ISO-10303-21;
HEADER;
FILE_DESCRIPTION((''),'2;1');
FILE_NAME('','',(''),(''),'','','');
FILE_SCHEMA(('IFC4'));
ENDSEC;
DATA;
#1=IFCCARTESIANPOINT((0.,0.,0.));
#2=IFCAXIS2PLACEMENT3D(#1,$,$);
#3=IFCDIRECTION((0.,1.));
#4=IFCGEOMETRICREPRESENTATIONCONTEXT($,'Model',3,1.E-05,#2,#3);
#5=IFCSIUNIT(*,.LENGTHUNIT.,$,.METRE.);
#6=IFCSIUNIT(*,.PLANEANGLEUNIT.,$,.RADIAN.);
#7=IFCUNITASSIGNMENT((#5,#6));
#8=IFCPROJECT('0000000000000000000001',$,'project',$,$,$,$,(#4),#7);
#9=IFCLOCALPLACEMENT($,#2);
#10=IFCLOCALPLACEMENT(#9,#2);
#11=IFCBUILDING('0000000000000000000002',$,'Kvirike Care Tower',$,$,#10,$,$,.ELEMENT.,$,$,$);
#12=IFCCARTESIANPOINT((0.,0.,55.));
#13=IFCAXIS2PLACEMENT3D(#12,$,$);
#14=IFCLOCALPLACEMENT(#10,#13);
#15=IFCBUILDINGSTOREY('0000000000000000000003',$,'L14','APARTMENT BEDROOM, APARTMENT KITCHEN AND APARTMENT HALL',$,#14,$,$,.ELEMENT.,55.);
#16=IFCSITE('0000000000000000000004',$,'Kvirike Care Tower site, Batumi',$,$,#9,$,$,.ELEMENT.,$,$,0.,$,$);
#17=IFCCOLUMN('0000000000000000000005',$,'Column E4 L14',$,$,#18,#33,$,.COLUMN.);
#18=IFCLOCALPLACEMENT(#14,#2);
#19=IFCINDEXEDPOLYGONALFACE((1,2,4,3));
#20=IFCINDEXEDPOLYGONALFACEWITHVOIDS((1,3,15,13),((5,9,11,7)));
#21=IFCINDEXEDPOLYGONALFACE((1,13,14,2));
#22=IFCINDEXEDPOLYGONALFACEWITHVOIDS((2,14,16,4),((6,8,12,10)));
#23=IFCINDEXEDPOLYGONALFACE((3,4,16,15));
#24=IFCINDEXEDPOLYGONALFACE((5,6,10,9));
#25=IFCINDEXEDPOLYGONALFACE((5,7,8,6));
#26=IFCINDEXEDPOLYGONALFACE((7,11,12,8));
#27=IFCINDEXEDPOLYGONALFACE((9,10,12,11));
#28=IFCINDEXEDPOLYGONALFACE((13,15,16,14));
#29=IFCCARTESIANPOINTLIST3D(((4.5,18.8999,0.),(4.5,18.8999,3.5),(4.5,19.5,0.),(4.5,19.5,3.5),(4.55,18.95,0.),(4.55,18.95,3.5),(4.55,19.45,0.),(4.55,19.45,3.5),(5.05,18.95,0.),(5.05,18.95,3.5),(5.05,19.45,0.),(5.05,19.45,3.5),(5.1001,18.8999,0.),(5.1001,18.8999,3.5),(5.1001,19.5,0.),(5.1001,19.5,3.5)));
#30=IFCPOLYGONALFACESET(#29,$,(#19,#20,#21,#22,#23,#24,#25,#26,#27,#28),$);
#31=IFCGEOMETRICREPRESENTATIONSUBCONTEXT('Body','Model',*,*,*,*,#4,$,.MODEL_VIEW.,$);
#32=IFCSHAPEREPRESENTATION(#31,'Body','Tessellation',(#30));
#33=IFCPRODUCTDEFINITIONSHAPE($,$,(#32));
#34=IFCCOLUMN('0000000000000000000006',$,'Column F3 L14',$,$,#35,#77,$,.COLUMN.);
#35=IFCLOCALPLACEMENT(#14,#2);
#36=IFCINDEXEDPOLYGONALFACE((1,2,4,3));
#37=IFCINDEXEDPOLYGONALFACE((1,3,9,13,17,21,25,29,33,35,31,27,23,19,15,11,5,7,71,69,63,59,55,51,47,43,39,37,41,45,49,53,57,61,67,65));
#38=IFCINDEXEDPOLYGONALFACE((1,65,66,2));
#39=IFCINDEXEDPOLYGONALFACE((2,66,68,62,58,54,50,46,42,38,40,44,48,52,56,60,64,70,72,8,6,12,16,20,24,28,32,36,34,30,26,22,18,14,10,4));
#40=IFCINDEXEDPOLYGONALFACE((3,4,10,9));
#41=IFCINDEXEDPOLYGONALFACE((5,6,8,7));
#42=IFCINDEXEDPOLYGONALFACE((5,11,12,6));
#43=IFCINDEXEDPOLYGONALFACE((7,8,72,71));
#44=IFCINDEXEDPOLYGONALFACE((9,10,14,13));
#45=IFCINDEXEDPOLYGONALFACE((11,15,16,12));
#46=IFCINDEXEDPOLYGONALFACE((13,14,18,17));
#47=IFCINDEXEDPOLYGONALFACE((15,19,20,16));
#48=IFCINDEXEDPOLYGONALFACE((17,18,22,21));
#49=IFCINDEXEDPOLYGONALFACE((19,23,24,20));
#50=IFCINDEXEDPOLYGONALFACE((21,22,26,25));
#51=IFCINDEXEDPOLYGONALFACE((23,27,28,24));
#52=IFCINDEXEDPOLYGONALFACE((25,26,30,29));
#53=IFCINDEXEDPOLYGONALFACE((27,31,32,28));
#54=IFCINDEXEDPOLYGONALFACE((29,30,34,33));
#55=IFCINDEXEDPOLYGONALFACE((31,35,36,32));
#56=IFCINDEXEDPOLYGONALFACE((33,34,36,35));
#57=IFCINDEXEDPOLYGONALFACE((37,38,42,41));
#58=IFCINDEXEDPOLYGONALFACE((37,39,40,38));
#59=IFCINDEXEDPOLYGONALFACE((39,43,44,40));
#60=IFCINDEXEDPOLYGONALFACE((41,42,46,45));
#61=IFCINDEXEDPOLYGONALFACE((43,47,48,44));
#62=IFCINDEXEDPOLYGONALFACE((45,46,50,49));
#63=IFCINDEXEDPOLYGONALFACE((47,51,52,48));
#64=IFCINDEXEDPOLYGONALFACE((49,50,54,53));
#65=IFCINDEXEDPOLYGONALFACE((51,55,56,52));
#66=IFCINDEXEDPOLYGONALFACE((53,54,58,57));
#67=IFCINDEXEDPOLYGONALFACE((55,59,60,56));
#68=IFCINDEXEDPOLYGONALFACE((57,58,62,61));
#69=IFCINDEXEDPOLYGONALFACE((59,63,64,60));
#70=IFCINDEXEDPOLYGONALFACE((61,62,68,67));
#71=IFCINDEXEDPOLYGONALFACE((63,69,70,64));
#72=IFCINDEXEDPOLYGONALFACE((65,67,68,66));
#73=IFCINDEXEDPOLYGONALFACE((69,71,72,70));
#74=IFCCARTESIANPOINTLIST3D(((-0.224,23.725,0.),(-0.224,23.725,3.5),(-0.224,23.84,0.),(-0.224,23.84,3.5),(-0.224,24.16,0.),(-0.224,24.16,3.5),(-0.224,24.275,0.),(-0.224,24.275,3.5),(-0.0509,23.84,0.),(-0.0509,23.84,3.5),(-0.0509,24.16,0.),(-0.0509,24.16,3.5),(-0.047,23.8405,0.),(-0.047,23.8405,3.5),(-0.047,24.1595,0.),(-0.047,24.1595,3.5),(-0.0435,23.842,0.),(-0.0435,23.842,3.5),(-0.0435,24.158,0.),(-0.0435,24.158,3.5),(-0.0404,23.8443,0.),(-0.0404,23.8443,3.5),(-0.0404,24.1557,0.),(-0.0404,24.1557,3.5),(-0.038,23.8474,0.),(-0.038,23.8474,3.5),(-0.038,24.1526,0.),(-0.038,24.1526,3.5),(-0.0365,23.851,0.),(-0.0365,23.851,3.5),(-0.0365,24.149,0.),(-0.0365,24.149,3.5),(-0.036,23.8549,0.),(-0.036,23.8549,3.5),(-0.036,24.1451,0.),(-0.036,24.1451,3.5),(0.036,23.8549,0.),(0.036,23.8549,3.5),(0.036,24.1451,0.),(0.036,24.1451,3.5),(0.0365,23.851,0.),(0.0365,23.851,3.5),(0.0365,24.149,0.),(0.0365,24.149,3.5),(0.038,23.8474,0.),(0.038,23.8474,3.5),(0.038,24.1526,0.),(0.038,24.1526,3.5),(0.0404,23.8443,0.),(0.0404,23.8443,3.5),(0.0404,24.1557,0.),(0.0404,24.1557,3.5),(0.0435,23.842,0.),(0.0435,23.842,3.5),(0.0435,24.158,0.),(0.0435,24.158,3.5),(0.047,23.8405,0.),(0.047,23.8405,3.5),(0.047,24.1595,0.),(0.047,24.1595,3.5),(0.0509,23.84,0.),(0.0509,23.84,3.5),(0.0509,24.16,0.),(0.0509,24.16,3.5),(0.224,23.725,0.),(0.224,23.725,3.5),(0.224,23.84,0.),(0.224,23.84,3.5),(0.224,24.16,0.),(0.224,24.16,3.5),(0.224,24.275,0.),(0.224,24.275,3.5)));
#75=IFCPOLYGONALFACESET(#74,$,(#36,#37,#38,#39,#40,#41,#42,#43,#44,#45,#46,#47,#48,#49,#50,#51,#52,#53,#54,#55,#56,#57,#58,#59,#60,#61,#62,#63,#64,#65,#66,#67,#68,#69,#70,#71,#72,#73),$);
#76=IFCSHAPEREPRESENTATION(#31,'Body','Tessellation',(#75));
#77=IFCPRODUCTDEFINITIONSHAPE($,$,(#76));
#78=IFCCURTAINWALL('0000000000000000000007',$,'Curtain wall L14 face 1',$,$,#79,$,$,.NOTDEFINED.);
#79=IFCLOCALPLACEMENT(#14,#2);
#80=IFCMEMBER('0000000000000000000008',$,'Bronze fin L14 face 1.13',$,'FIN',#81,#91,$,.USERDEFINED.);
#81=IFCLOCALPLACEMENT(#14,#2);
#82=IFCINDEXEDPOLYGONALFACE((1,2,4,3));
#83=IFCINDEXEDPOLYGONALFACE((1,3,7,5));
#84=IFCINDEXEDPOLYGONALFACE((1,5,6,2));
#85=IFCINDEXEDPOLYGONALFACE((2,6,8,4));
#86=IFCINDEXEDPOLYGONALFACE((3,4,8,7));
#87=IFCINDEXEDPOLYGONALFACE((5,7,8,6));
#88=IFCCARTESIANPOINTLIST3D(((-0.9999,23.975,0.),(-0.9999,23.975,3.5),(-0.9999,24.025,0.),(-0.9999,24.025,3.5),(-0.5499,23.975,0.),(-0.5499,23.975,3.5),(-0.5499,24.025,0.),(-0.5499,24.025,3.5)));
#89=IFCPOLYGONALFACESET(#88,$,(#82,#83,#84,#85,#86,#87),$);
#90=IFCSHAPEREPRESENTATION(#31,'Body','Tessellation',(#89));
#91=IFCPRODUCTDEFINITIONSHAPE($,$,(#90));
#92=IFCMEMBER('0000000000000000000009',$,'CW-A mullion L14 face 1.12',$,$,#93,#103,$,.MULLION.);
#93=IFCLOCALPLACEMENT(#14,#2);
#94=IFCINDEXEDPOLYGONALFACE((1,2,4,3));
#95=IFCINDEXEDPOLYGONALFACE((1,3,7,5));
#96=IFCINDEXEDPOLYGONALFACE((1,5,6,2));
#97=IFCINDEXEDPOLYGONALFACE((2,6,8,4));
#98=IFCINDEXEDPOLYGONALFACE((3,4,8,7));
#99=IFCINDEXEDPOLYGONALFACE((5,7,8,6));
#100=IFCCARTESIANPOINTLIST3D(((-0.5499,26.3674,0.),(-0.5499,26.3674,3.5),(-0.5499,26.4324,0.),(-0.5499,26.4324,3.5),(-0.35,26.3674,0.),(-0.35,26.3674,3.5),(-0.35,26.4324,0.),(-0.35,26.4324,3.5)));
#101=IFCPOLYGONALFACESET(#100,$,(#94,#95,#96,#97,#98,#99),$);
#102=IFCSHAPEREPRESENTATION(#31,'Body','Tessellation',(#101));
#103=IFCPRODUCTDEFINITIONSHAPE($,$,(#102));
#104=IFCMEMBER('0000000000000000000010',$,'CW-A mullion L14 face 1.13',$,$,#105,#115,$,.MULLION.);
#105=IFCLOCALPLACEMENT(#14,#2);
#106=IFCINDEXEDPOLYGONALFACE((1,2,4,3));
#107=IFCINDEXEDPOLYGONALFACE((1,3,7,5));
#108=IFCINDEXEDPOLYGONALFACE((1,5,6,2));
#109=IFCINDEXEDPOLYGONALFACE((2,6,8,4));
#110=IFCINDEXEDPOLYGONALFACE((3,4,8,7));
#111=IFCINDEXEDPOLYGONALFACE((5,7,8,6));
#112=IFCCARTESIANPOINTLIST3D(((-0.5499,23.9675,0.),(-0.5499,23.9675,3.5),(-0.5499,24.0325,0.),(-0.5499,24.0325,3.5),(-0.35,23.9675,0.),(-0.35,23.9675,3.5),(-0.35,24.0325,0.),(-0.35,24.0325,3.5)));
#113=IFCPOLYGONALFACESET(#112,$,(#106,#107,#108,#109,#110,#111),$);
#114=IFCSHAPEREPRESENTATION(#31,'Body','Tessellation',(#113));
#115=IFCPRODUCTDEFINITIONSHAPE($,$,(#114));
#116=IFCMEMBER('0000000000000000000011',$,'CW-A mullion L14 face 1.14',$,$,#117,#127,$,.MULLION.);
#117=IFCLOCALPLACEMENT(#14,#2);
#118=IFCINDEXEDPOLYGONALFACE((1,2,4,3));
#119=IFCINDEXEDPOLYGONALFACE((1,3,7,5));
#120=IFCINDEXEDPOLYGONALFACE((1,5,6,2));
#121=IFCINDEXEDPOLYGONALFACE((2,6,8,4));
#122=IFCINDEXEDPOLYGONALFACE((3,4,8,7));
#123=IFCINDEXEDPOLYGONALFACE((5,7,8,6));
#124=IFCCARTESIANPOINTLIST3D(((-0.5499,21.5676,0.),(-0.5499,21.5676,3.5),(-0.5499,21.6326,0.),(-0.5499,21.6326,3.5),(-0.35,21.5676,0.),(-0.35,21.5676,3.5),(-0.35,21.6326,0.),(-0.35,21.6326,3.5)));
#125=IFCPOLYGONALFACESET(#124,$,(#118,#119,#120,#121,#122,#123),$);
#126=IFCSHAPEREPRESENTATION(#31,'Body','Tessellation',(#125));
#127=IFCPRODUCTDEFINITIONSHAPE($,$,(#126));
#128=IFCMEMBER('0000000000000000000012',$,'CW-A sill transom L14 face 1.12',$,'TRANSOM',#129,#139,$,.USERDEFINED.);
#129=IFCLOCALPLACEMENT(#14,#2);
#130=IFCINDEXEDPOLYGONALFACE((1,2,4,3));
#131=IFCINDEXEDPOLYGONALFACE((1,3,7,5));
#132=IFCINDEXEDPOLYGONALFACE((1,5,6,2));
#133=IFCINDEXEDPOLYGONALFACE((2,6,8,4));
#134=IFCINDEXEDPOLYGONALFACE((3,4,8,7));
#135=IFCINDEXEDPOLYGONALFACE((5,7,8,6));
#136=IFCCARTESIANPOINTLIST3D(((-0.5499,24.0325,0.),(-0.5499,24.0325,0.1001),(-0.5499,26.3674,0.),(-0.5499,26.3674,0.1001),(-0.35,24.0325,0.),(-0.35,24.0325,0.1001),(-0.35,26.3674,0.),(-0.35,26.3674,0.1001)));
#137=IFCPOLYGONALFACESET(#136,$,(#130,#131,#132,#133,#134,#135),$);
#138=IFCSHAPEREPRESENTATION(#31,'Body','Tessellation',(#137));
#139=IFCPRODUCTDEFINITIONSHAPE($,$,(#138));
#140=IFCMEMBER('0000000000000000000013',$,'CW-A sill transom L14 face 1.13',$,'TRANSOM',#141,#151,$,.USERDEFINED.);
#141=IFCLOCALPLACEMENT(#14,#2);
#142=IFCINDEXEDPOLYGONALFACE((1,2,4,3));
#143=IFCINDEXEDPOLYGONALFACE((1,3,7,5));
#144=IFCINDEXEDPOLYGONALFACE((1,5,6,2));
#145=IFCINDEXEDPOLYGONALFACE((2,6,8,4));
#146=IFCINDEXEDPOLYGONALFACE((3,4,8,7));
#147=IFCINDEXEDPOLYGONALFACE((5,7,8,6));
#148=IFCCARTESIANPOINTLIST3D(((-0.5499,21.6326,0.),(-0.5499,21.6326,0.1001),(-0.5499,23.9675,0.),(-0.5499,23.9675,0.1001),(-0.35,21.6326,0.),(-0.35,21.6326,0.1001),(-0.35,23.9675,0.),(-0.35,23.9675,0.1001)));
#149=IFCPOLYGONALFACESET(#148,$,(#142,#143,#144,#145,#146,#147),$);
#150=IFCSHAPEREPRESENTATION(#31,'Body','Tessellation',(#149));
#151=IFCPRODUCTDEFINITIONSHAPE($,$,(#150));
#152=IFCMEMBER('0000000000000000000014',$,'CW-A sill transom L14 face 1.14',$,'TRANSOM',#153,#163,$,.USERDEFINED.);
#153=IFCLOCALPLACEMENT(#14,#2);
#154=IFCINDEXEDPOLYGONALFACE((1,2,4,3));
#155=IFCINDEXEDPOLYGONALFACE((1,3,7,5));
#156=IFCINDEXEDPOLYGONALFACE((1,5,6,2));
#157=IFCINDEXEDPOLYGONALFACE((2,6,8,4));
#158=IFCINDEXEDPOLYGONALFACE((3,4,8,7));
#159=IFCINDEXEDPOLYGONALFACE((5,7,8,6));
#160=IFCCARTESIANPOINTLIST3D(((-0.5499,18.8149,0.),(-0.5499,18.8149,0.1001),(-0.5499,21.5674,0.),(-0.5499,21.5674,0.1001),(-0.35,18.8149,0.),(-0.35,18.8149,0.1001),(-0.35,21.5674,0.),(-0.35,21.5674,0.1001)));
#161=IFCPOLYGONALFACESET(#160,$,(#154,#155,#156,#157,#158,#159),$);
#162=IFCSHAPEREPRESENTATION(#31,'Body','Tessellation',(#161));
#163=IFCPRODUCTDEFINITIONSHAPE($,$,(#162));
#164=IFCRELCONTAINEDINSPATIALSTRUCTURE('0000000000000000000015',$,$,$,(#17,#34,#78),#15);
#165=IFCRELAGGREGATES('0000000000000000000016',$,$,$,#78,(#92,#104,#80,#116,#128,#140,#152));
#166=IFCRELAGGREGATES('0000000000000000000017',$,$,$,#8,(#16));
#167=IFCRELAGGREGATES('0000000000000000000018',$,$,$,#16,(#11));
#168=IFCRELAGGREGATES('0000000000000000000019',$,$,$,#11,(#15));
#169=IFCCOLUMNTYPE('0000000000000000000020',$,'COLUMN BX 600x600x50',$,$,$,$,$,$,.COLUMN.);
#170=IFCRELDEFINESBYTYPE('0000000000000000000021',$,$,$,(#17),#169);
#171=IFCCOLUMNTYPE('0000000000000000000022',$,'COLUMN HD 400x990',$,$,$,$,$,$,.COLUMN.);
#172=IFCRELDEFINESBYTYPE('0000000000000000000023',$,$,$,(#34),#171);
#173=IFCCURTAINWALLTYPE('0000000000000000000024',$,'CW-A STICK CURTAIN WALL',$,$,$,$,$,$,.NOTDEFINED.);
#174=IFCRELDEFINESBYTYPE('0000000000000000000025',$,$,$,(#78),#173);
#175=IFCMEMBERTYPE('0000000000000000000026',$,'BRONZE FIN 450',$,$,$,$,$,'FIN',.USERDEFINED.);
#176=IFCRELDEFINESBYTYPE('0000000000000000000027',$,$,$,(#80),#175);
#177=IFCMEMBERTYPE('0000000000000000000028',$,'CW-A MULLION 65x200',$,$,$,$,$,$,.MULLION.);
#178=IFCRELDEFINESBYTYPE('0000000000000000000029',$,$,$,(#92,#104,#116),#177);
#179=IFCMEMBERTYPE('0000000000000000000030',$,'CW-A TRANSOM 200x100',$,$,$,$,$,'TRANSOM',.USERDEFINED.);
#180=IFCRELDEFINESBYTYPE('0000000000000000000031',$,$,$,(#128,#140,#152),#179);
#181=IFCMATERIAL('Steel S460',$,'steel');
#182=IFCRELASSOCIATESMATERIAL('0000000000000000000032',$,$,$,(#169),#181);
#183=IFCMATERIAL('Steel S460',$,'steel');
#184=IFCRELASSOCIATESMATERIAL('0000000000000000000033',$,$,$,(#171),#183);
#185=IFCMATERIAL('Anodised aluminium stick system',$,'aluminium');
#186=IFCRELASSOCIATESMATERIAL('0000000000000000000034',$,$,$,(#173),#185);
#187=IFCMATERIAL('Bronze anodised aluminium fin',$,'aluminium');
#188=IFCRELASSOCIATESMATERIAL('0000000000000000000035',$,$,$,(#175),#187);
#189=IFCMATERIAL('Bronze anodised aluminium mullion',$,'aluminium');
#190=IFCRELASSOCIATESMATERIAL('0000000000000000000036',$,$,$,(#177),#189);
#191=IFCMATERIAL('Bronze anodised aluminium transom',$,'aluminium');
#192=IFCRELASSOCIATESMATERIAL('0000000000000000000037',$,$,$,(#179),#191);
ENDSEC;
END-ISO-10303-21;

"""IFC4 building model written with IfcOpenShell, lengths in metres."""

from ifc_helpers import new_model, si_unit, direction, frame, origin, origin_2d, place, context, subcontext, project, spatial, rectangle, hollow_rectangle, i_section, extrude, material, material_profile, profile_set, type_object, element, aggregate, save


model = new_model("IFC4")

# Units and contexts
model_context = context("Model", 3, precision=1e-05, world=origin(), true_north=direction((0.0, 1.0)))
body_context = subcontext(model_context, "Body", "Model", "MODEL_VIEW")
ifc_project = project(units=[si_unit("LENGTHUNIT", "METRE"), si_unit("PLANEANGLEUNIT", "RADIAN")], contexts=[model_context])

# Site, building, storey
site_placement = place(None, origin())
site = spatial("IfcSite", under=ifc_project, at=site_placement, Name="Kvirike Care Tower site, Batumi", CompositionType="ELEMENT", RefElevation=0.0)
building_placement = place(site_placement, origin())
building = spatial("IfcBuilding", under=site, at=building_placement, Name="Kvirike Care Tower", CompositionType="ELEMENT")
storey_placement = place(building_placement, frame((0.0, 0.0, 55.0)))
storey = spatial("IfcBuildingStorey", under=building, at=storey_placement, Name="L14", Description="APARTMENT BEDROOM, APARTMENT KITCHEN AND APARTMENT HALL", CompositionType="ELEMENT", Elevation=55.0)

# Columns
ifc_material_1 = material(Name="Steel S460", Category="steel")
ifc_material_profile_1 = material_profile(ifc_material_1, hollow_rectangle(XDim=0.6001, YDim=0.6001, WallThickness=0.05, at=origin_2d()), Name="BX 600x600x50")
ifc_profile_set_1 = profile_set([ifc_material_profile_1], Name="Steel S460")
column_type_1 = type_object("IfcColumnType", Name="COLUMN BX 600x600x50", PredefinedType="COLUMN", material=ifc_profile_set_1)
column_1_placement = place(storey_placement, frame((4.8, 19.2, 0.0), z_axis=(0.0, 0.0, 1.0), x_axis=(0.0, 1.0, 0.0)))
element("IfcColumn", 1, at=column_1_placement, inside=storey, type_object=column_type_1, Name="Column E4 L14", PredefinedType="COLUMN", context=body_context, shape_type="SweptSolid", body=[
    extrude(hollow_rectangle(XDim=0.6001, YDim=0.6001, WallThickness=0.05, at=origin_2d()), origin(), (0.0, 0.0, 1.0), 3.5),
])
ifc_material_2 = material(Name="Steel S460", Category="steel")
ifc_material_profile_2 = material_profile(ifc_material_2, i_section(OverallWidth=0.448, OverallDepth=0.55, WebThickness=0.072, FlangeThickness=0.115, FilletRadius=0.0149, at=origin_2d()), Name="HD 400x990")
ifc_profile_set_2 = profile_set([ifc_material_profile_2], Name="Steel S460")
column_type_2 = type_object("IfcColumnType", Name="COLUMN HD 400x990", PredefinedType="COLUMN", material=ifc_profile_set_2)
column_2_placement = place(storey_placement, frame((0.0, 24.0, 0.0), z_axis=(0.0, 0.0, 1.0), x_axis=(1.0, 0.0, 0.0)))
element("IfcColumn", 2, at=column_2_placement, inside=storey, type_object=column_type_2, Name="Column F3 L14", PredefinedType="COLUMN", context=body_context, shape_type="SweptSolid", body=[
    extrude(i_section(OverallWidth=0.448, OverallDepth=0.55, WebThickness=0.072, FlangeThickness=0.115, FilletRadius=0.0149, at=origin_2d()), origin(), (0.0, 0.0, 1.0), 3.5),
])

# Curtain wall, members
ifc_material_3 = material(Name="Anodised aluminium stick system", Category="aluminium")
curtain_wall_type = type_object("IfcCurtainWallType", Name="CW-A STICK CURTAIN WALL", PredefinedType="NOTDEFINED", material=ifc_material_3)
curtain_wall_placement = place(storey_placement, origin())
curtain_wall = element("IfcCurtainWall", 3, at=curtain_wall_placement, inside=storey, type_object=curtain_wall_type, Name="Curtain wall L14 face 1", PredefinedType="NOTDEFINED")
ifc_material_4 = material(Name="Bronze anodised aluminium fin", Category="aluminium")
ifc_material_profile_3 = material_profile(ifc_material_4, rectangle(XDim=0.05, YDim=0.45, at=origin_2d()), Name="BRONZE FIN 450")
ifc_profile_set_3 = profile_set([ifc_material_profile_3], Name="Bronze anodised aluminium fin")
member_type_1 = type_object("IfcMemberType", Name="BRONZE FIN 450", ElementType="FIN", PredefinedType="USERDEFINED", material=ifc_profile_set_3)
member_1_placement = place(storey_placement, frame((-0.7749, 24.0, 0.0), z_axis=(0.0, 0.0, 1.0), x_axis=(0.0, -1.0, 0.0)))
member_1 = element("IfcMember", 4, at=member_1_placement, type_object=member_type_1, Name="Bronze fin L14 face 1.13", ObjectType="FIN", PredefinedType="USERDEFINED", context=body_context, shape_type="SweptSolid", body=[
    extrude(rectangle(XDim=0.05, YDim=0.45, at=origin_2d()), origin(), (0.0, 0.0, 1.0), 3.5),
])
ifc_material_5 = material(Name="Bronze anodised aluminium mullion", Category="aluminium")
ifc_material_profile_4 = material_profile(ifc_material_5, rectangle(XDim=0.0649, YDim=0.2, at=origin_2d()), Name="CW-A MULLION 65x200")
ifc_profile_set_4 = profile_set([ifc_material_profile_4], Name="Bronze anodised aluminium mullion")
member_type_2 = type_object("IfcMemberType", Name="CW-A MULLION 65x200", PredefinedType="MULLION", material=ifc_profile_set_4)
member_2_placement = place(storey_placement, frame((-0.45, 26.3999, 0.0), z_axis=(0.0, 0.0, 1.0), x_axis=(0.0, -1.0, 0.0)))
member_2 = element("IfcMember", 5, at=member_2_placement, type_object=member_type_2, Name="CW-A mullion L14 face 1.12", PredefinedType="MULLION", context=body_context, shape_type="SweptSolid", body=[
    extrude(rectangle(XDim=0.0649, YDim=0.2, at=origin_2d()), origin(), (0.0, 0.0, 1.0), 3.5),
])
member_3_placement = place(storey_placement, frame((-0.45, 24.0, 0.0), z_axis=(0.0, 0.0, 1.0), x_axis=(0.0, -1.0, 0.0)))
member_3 = element("IfcMember", 6, at=member_3_placement, type_object=member_type_2, Name="CW-A mullion L14 face 1.13", PredefinedType="MULLION", context=body_context, shape_type="SweptSolid", body=[
    extrude(rectangle(XDim=0.0649, YDim=0.2, at=origin_2d()), origin(), (0.0, 0.0, 1.0), 3.5),
])
member_4_placement = place(storey_placement, frame((-0.45, 21.6001, 0.0), z_axis=(0.0, 0.0, 1.0), x_axis=(0.0, -1.0, 0.0)))
member_4 = element("IfcMember", 7, at=member_4_placement, type_object=member_type_2, Name="CW-A mullion L14 face 1.14", PredefinedType="MULLION", context=body_context, shape_type="SweptSolid", body=[
    extrude(rectangle(XDim=0.0649, YDim=0.2, at=origin_2d()), origin(), (0.0, 0.0, 1.0), 3.5),
])
ifc_material_6 = material(Name="Bronze anodised aluminium transom", Category="aluminium")
ifc_material_profile_5 = material_profile(ifc_material_6, rectangle(XDim=0.2, YDim=0.1001, at=origin_2d()), Name="CW-A TRANSOM 200x100")
ifc_profile_set_5 = profile_set([ifc_material_profile_5], Name="Bronze anodised aluminium transom")
member_type_3 = type_object("IfcMemberType", Name="CW-A TRANSOM 200x100", ElementType="TRANSOM", PredefinedType="USERDEFINED", material=ifc_profile_set_5)
member_5_placement = place(storey_placement, frame((-0.45, 26.3674, 0.05), z_axis=(0.0, -1.0, 0.0), x_axis=(1.0, 0.0, 0.0)))
member_5 = element("IfcMember", 8, at=member_5_placement, type_object=member_type_3, Name="CW-A sill transom L14 face 1.12", ObjectType="TRANSOM", PredefinedType="USERDEFINED", context=body_context, shape_type="SweptSolid", body=[
    extrude(rectangle(XDim=0.2, YDim=0.1001, at=origin_2d()), origin(), (0.0, 0.0, 1.0), 2.335),
])
member_6_placement = place(storey_placement, frame((-0.45, 23.9675, 0.05), z_axis=(0.0, -1.0, 0.0), x_axis=(1.0, 0.0, 0.0)))
member_6 = element("IfcMember", 9, at=member_6_placement, type_object=member_type_3, Name="CW-A sill transom L14 face 1.13", ObjectType="TRANSOM", PredefinedType="USERDEFINED", context=body_context, shape_type="SweptSolid", body=[
    extrude(rectangle(XDim=0.2, YDim=0.1001, at=origin_2d()), origin(), (0.0, 0.0, 1.0), 2.335),
])
member_7_placement = place(storey_placement, frame((-0.45, 21.5674, 0.05), z_axis=(0.0, -1.0, 0.0), x_axis=(1.0, 0.0, 0.0)))
member_7 = element("IfcMember", 10, at=member_7_placement, type_object=member_type_3, Name="CW-A sill transom L14 face 1.14", ObjectType="TRANSOM", PredefinedType="USERDEFINED", context=body_context, shape_type="SweptSolid", body=[
    extrude(rectangle(XDim=0.2, YDim=0.1001, at=origin_2d()), origin(), (0.0, 0.0, 1.0), 2.7524),
])

aggregate(curtain_wall, [member_2, member_3, member_1, member_4, member_5, member_6, member_7])

save(model, "model.ifc")
